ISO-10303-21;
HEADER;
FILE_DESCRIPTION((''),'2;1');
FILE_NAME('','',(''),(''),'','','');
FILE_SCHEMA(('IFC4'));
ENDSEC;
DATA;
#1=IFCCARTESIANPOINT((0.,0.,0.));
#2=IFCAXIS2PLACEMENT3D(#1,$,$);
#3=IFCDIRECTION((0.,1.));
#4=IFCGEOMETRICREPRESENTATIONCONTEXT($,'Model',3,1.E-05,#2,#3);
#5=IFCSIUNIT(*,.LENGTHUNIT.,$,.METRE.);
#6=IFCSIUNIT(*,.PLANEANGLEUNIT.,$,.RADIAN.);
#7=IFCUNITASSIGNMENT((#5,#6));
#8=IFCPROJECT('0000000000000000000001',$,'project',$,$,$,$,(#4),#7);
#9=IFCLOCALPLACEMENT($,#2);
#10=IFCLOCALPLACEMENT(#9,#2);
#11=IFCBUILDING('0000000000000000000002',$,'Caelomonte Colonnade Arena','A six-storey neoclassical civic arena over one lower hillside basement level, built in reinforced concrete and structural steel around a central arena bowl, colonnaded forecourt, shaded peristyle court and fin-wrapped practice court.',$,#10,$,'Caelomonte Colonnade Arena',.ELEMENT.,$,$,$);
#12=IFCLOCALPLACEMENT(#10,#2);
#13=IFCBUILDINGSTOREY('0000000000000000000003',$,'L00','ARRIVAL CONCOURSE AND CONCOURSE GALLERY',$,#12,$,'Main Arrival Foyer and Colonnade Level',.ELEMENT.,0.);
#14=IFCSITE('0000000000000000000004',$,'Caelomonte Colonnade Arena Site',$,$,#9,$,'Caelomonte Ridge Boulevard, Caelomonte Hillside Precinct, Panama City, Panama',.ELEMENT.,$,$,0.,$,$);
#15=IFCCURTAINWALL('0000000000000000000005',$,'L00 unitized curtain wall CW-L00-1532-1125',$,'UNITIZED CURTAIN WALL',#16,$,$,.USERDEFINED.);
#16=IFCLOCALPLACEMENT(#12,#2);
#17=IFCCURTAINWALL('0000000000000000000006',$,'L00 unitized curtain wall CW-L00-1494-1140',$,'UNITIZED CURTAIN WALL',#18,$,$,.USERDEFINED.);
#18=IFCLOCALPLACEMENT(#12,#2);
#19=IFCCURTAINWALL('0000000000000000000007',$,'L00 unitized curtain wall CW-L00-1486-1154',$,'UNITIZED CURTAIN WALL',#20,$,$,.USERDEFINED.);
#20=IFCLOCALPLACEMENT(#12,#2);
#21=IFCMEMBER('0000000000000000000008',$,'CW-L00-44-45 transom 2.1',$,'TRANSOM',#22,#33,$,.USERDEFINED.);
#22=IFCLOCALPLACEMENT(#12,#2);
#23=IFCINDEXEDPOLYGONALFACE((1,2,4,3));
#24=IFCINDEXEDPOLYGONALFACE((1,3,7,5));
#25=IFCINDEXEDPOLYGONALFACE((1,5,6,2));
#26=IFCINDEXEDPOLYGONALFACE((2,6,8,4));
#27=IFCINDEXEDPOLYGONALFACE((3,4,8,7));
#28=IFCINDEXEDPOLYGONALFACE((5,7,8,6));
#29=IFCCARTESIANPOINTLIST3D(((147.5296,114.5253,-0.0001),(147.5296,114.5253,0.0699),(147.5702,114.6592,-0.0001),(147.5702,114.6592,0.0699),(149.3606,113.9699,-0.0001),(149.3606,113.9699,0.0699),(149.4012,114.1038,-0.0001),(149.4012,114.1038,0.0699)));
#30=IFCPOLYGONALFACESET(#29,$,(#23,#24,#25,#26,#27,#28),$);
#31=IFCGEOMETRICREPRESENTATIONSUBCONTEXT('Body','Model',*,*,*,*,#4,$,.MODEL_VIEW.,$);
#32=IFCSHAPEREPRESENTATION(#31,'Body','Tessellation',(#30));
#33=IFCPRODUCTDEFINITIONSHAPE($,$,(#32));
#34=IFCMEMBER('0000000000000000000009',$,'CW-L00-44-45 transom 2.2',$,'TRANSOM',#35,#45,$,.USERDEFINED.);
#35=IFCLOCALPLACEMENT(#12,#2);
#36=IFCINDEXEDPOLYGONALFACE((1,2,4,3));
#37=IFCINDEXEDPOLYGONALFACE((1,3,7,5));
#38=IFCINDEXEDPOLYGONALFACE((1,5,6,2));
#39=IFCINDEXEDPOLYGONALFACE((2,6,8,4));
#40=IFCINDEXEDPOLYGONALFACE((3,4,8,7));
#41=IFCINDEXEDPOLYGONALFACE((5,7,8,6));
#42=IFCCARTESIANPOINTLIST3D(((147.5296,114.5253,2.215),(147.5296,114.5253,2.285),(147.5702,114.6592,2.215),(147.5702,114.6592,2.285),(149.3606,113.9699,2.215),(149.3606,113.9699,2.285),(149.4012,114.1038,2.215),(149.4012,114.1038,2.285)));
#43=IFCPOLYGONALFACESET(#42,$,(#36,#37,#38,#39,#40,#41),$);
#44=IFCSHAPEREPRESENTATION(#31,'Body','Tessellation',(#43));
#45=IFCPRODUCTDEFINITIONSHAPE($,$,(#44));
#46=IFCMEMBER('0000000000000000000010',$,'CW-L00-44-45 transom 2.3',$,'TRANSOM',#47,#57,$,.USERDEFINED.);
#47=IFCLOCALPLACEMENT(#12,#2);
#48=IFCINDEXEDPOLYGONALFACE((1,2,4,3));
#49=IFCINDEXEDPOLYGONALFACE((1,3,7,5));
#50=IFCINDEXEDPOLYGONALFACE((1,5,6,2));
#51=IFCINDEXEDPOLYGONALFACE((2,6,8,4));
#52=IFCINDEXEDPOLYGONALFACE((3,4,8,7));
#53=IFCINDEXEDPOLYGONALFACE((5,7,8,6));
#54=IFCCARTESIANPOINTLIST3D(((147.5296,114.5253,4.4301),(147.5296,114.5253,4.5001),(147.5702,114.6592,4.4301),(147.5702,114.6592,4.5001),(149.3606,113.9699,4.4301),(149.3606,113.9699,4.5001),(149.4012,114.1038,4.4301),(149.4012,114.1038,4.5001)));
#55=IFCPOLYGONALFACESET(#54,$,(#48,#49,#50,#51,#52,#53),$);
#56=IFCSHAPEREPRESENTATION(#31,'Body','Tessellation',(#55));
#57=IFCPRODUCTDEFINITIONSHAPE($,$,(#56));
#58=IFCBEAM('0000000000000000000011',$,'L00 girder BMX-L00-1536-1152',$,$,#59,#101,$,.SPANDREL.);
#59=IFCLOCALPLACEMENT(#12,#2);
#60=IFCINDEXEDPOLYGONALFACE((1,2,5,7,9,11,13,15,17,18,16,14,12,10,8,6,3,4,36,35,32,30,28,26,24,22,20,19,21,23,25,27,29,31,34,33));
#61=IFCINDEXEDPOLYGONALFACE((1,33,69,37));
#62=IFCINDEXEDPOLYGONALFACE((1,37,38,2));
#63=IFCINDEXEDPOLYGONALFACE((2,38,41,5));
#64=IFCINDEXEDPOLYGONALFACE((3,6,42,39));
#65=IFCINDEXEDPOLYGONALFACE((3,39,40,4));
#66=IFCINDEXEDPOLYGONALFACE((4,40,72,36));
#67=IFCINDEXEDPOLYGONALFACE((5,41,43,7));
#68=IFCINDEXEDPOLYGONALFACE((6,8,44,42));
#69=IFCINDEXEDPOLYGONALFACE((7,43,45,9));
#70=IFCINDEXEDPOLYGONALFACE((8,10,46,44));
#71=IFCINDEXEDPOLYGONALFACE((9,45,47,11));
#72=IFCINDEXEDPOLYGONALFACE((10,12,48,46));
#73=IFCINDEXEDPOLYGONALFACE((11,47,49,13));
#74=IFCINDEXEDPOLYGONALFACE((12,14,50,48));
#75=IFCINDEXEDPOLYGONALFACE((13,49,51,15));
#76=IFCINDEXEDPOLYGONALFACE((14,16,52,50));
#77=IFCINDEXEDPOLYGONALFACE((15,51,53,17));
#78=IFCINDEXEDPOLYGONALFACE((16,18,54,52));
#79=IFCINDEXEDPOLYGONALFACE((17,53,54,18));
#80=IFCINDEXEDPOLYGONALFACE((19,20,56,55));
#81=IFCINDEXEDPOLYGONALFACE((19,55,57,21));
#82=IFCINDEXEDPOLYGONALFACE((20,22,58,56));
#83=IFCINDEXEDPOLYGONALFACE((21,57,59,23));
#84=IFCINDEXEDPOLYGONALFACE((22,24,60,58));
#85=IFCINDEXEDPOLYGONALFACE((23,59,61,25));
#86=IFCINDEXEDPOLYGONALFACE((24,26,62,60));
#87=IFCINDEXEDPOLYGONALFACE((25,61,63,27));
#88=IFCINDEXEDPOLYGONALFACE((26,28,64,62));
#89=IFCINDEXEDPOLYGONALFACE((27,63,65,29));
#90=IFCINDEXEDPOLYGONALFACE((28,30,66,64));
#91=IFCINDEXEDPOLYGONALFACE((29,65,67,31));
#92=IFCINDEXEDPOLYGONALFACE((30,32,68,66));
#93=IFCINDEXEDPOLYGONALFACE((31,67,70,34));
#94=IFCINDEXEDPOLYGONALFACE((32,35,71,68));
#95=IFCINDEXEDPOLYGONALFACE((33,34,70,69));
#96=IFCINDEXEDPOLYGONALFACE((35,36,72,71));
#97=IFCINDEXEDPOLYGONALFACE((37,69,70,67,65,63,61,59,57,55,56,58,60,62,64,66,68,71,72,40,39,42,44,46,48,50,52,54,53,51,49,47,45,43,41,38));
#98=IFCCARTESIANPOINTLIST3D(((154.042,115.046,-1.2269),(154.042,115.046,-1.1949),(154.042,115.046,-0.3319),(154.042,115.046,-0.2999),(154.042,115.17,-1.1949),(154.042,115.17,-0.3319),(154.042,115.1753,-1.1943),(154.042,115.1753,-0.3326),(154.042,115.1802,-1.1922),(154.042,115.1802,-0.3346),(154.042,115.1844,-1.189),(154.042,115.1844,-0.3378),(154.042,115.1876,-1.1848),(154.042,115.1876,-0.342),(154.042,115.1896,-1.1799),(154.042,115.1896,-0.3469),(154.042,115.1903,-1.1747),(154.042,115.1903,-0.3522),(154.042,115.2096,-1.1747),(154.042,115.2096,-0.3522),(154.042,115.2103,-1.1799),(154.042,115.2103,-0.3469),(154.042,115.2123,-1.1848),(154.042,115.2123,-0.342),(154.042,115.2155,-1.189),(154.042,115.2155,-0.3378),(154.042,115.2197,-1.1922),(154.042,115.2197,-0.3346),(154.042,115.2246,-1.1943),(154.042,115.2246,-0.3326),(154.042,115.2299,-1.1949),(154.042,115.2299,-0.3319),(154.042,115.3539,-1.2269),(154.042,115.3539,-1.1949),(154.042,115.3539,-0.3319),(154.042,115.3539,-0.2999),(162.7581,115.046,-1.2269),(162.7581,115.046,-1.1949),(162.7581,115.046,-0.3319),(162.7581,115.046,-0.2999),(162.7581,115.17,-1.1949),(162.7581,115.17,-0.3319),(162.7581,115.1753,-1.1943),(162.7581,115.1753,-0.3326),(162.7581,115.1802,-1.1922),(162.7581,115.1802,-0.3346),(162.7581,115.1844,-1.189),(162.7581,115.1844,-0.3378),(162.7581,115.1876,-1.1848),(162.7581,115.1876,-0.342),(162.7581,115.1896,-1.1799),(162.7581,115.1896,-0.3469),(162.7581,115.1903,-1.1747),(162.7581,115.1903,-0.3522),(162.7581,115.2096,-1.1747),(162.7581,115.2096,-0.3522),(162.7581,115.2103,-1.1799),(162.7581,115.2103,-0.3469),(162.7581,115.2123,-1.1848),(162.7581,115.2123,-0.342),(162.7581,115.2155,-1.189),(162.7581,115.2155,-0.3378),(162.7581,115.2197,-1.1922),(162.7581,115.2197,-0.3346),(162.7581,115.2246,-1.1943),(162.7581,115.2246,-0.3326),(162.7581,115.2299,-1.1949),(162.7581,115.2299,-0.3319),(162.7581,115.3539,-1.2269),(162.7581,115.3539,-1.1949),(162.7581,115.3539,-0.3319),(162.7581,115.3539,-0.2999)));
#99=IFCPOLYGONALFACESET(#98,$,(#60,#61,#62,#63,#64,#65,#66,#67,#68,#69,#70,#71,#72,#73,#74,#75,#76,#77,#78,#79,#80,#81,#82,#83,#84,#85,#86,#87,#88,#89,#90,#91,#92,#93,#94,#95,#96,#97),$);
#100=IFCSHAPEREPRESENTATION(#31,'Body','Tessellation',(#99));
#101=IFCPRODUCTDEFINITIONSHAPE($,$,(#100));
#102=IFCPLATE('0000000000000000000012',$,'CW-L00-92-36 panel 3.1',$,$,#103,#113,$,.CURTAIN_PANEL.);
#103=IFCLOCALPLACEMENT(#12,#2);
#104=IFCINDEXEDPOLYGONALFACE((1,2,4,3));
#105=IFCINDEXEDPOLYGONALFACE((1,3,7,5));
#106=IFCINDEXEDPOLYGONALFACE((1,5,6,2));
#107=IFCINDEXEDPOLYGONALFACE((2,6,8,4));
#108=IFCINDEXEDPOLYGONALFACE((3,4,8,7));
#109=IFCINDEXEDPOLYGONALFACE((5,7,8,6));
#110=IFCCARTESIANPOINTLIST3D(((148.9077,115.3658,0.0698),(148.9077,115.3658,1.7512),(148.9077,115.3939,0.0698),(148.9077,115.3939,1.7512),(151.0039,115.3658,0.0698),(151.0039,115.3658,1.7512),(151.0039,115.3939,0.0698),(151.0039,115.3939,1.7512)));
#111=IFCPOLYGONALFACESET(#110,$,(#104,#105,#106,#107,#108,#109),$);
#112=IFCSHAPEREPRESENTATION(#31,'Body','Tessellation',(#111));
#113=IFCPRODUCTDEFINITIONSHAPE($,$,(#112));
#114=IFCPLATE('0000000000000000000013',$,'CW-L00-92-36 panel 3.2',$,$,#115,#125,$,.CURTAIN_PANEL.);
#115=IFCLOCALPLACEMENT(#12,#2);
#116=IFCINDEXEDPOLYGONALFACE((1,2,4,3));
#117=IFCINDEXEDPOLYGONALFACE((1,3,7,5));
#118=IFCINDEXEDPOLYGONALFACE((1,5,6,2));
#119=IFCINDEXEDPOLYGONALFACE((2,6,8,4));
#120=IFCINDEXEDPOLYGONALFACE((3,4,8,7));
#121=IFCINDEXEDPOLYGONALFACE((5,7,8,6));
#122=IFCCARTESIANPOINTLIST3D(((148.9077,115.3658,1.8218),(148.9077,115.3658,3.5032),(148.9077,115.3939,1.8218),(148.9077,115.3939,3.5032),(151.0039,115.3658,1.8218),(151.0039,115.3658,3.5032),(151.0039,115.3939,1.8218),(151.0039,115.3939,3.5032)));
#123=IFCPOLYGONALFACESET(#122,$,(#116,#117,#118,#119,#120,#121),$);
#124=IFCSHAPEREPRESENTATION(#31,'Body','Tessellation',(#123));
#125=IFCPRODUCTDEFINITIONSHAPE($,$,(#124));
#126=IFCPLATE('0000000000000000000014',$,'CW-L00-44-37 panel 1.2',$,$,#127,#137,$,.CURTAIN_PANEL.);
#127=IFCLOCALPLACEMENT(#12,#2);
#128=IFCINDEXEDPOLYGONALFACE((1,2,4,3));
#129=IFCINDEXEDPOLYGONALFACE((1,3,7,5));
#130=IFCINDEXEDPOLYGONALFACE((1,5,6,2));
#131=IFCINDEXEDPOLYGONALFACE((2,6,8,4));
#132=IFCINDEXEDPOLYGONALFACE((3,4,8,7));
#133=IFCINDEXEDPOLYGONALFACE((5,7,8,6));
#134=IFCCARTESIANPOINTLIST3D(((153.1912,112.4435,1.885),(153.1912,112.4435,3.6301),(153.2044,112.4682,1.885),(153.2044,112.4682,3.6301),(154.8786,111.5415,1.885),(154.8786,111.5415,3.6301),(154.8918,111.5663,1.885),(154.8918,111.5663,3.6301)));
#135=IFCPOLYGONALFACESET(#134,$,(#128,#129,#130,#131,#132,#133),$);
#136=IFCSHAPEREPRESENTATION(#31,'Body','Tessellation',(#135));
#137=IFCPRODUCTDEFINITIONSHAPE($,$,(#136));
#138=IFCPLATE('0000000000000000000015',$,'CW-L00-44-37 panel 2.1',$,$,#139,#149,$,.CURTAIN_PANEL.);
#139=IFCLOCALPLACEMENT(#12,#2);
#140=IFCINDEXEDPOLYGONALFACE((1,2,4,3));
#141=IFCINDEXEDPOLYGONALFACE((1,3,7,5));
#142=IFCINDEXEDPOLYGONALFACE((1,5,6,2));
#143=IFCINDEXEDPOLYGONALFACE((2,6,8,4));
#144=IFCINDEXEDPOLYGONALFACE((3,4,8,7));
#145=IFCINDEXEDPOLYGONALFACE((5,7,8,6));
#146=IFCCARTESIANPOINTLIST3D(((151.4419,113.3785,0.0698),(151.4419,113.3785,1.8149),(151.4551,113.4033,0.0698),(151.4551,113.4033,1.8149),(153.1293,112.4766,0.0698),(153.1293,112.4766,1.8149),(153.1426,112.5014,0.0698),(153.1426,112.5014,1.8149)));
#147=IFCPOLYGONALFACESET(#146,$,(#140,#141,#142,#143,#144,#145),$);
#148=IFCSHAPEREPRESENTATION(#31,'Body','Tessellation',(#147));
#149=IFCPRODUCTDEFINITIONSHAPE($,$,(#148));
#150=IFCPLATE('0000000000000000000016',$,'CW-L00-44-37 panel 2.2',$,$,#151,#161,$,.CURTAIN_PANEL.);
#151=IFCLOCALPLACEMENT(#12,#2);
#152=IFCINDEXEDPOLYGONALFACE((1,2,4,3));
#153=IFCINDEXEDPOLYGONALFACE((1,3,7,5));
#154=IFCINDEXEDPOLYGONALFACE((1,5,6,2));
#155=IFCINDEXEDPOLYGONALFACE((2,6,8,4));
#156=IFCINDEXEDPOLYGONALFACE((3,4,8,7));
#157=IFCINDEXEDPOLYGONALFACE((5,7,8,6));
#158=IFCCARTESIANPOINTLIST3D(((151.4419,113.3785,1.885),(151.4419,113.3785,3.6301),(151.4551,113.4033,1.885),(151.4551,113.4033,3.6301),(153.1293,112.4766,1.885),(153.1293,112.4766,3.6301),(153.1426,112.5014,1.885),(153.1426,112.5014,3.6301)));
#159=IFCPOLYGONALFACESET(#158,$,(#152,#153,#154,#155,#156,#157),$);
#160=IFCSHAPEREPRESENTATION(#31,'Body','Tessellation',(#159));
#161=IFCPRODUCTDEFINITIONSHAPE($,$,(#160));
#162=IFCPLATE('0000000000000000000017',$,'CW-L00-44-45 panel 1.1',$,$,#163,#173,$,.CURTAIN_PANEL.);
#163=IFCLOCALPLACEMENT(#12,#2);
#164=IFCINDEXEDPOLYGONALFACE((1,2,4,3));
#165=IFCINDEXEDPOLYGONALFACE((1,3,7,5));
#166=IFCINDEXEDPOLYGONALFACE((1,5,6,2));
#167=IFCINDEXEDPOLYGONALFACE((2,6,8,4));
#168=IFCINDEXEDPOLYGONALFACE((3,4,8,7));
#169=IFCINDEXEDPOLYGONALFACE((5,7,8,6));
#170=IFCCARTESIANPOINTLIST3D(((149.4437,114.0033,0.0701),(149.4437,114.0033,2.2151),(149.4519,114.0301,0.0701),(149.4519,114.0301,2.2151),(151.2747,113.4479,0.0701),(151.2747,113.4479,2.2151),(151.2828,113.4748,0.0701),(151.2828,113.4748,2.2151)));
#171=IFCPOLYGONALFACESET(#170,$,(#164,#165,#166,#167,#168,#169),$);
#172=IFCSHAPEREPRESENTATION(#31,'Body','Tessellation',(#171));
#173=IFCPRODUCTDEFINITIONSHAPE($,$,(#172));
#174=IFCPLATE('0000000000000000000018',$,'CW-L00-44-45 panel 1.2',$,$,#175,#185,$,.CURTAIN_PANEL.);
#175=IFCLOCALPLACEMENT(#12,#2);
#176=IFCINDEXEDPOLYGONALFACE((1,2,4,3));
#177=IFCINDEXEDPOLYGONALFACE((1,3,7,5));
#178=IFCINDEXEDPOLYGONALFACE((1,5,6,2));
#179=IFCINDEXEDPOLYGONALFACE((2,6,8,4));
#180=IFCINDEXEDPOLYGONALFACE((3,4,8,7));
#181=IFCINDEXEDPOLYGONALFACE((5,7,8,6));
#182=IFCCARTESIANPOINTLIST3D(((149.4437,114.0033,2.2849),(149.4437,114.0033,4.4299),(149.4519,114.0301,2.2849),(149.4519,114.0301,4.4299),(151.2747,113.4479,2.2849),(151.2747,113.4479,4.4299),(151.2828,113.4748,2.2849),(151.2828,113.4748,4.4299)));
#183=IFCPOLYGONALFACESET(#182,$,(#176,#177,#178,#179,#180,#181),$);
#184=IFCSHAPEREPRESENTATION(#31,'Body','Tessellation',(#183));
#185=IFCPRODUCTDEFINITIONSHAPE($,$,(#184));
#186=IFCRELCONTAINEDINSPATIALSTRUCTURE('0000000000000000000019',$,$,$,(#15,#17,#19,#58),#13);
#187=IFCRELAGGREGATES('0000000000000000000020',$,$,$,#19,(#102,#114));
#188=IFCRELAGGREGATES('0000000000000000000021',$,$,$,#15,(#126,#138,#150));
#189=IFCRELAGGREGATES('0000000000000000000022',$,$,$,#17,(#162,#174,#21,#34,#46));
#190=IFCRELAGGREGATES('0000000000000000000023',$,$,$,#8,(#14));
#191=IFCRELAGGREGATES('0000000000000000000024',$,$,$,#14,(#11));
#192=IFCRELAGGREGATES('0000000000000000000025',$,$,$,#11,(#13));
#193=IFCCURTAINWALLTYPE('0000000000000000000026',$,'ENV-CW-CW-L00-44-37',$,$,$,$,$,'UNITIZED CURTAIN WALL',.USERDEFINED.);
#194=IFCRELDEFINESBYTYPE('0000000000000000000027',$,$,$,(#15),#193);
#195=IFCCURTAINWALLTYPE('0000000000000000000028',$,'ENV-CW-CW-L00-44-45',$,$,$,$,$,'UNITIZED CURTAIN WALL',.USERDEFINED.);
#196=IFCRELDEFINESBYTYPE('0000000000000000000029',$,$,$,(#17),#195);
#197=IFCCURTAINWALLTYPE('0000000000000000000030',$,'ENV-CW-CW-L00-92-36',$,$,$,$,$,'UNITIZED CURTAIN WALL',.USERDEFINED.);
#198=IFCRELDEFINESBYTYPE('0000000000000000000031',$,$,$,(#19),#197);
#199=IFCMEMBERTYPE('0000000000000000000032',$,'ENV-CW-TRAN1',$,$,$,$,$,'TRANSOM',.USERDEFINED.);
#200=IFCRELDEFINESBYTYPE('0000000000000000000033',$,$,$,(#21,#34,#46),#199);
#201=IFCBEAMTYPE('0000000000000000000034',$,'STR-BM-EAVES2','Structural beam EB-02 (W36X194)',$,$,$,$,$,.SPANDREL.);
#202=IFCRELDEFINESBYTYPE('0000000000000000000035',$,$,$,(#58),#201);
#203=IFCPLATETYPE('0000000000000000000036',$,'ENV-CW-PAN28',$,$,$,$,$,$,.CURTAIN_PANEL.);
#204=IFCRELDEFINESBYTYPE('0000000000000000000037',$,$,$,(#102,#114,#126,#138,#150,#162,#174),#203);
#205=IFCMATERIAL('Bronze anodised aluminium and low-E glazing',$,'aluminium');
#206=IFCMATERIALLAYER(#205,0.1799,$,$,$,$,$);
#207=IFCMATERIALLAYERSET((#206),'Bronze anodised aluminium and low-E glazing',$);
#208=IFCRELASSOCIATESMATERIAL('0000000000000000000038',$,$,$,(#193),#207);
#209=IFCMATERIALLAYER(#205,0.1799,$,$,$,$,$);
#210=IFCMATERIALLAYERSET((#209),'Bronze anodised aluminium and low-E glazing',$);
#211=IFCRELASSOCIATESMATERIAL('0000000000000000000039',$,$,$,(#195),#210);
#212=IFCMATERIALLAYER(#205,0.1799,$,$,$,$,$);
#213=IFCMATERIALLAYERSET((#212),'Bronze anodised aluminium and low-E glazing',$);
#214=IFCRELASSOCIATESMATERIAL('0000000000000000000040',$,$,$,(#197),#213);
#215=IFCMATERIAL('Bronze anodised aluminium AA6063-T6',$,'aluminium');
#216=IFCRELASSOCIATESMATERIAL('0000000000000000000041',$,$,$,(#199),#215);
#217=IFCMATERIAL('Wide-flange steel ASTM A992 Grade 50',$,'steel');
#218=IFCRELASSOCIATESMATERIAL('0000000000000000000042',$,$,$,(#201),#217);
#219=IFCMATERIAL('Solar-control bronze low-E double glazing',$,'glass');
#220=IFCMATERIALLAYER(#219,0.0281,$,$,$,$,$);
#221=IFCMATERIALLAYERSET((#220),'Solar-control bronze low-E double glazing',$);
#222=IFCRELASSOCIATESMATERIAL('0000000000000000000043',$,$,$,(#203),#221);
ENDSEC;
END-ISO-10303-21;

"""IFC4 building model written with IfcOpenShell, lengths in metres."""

from ifc_helpers import new_model, si_unit, direction, frame, origin, origin_2d, place, context, subcontext, project, spatial, rectangle, i_section, extrude, material, layer, layer_set, material_profile, profile_set, type_object, element, aggregate, save


model = new_model("IFC4")

# Units and contexts
model_context = context("Model", 3, precision=1e-05, world=origin(), true_north=direction((0.0, 1.0)))
body_context = subcontext(model_context, "Body", "Model", "MODEL_VIEW")
ifc_project = project(units=[si_unit("LENGTHUNIT", "METRE"), si_unit("PLANEANGLEUNIT", "RADIAN")], contexts=[model_context])

# Site, building, storey
site_placement = place(None, origin())
site = spatial("IfcSite", under=ifc_project, at=site_placement, Name="Caelomonte Colonnade Arena Site", LongName="Caelomonte Ridge Boulevard, Caelomonte Hillside Precinct, Panama City, Panama", CompositionType="ELEMENT", RefElevation=0.0)
building_placement = place(site_placement, origin())
building = spatial("IfcBuilding", under=site, at=building_placement, Name="Caelomonte Colonnade Arena", Description="A six-storey neoclassical civic arena over one lower hillside basement level, built in reinforced concrete and structural steel around a central arena bowl, colonnaded forecourt, shaded peristyle court and fin-wrapped practice court.", LongName="Caelomonte Colonnade Arena", CompositionType="ELEMENT")
storey_placement = place(building_placement, origin())
storey = spatial("IfcBuildingStorey", under=building, at=storey_placement, Name="L00", Description="ARRIVAL CONCOURSE AND CONCOURSE GALLERY", LongName="Main Arrival Foyer and Colonnade Level", CompositionType="ELEMENT", Elevation=0.0)

# Curtain walls
ifc_material_1 = material(Name="Bronze anodised aluminium and low-E glazing", Category="aluminium")
ifc_layer_1 = layer(ifc_material_1, 0.1799)
ifc_layer_set_1 = layer_set([ifc_layer_1], Name="Bronze anodised aluminium and low-E glazing")
curtain_wall_type_1 = type_object("IfcCurtainWallType", Name="ENV-CW-CW-L00-44-37", ElementType="UNITIZED CURTAIN WALL", PredefinedType="USERDEFINED", material=ifc_layer_set_1)
curtain_wall_1_placement = place(storey_placement, origin())
curtain_wall_1 = element("IfcCurtainWall", 1, at=curtain_wall_1_placement, inside=storey, type_object=curtain_wall_type_1, Name="L00 unitized curtain wall CW-L00-1532-1125", ObjectType="UNITIZED CURTAIN WALL", PredefinedType="USERDEFINED")
ifc_material_2 = material(Name="Bronze anodised aluminium AA6063-T6", Category="aluminium")
ifc_layer_2 = layer(ifc_material_1, 0.1799)
ifc_layer_set_2 = layer_set([ifc_layer_2], Name="Bronze anodised aluminium and low-E glazing")
curtain_wall_type_2 = type_object("IfcCurtainWallType", Name="ENV-CW-CW-L00-44-45", ElementType="UNITIZED CURTAIN WALL", PredefinedType="USERDEFINED", material=ifc_layer_set_2)
curtain_wall_2_placement = place(storey_placement, origin())
curtain_wall_2 = element("IfcCurtainWall", 2, at=curtain_wall_2_placement, inside=storey, type_object=curtain_wall_type_2, Name="L00 unitized curtain wall CW-L00-1494-1140", ObjectType="UNITIZED CURTAIN WALL", PredefinedType="USERDEFINED")
ifc_layer_3 = layer(ifc_material_1, 0.1799)
ifc_layer_set_3 = layer_set([ifc_layer_3], Name="Bronze anodised aluminium and low-E glazing")
curtain_wall_type_3 = type_object("IfcCurtainWallType", Name="ENV-CW-CW-L00-92-36", ElementType="UNITIZED CURTAIN WALL", PredefinedType="USERDEFINED", material=ifc_layer_set_3)
curtain_wall_3_placement = place(storey_placement, origin())
curtain_wall_3 = element("IfcCurtainWall", 3, at=curtain_wall_3_placement, inside=storey, type_object=curtain_wall_type_3, Name="L00 unitized curtain wall CW-L00-1486-1154", ObjectType="UNITIZED CURTAIN WALL", PredefinedType="USERDEFINED")
ifc_material_profile_1 = material_profile(ifc_material_2, rectangle(XDim=0.0701, YDim=0.1399, at=origin_2d()), Name="CWT-70X140")
ifc_profile_set_1 = profile_set([ifc_material_profile_1], Name="Bronze anodised aluminium AA6063-T6")
member_type_1 = type_object("IfcMemberType", Name="ENV-CW-TRAN1", ElementType="TRANSOM", PredefinedType="USERDEFINED", material=ifc_profile_set_1)

# Members
member_1_placement = place(storey_placement, frame((149.3809, 114.0369, 0.0349), z_axis=(-0.956944, 0.290273, 0.0), x_axis=(0.0, 0.0, 1.0)))
member_1 = element("IfcMember", 4, at=member_1_placement, type_object=member_type_1, Name="CW-L00-44-45 transom 2.1", ObjectType="TRANSOM", PredefinedType="USERDEFINED", context=body_context, shape_type="SweptSolid", body=[
    extrude(rectangle(XDim=0.0701, YDim=0.1399, at=origin_2d()), origin(), (0.0, 0.0, 1.0), 1.9133),
])
member_2_placement = place(storey_placement, frame((149.3809, 114.0369, 2.25), z_axis=(-0.956944, 0.290273, 0.0), x_axis=(0.0, 0.0, 1.0)))
member_2 = element("IfcMember", 5, at=member_2_placement, type_object=member_type_1, Name="CW-L00-44-45 transom 2.2", ObjectType="TRANSOM", PredefinedType="USERDEFINED", context=body_context, shape_type="SweptSolid", body=[
    extrude(rectangle(XDim=0.0701, YDim=0.1399, at=origin_2d()), origin(), (0.0, 0.0, 1.0), 1.9133),
])
member_3_placement = place(storey_placement, frame((149.3809, 114.0369, 4.4651), z_axis=(-0.956944, 0.290273, 0.0), x_axis=(0.0, 0.0, 1.0)))
member_3 = element("IfcMember", 6, at=member_3_placement, type_object=member_type_1, Name="CW-L00-44-45 transom 2.3", ObjectType="TRANSOM", PredefinedType="USERDEFINED", context=body_context, shape_type="SweptSolid", body=[
    extrude(rectangle(XDim=0.0701, YDim=0.1399, at=origin_2d()), origin(), (0.0, 0.0, 1.0), 1.9133),
])

# Beam
ifc_material_3 = material(Name="Wide-flange steel ASTM A992 Grade 50", Category="steel")
ifc_material_profile_2 = material_profile(ifc_material_3, i_section(OverallWidth=0.3079, OverallDepth=0.927, WebThickness=0.0193, FlangeThickness=0.032, FilletRadius=0.0203, at=origin_2d()), Name="W36X194")
ifc_profile_set_2 = profile_set([ifc_material_profile_2], Name="Wide-flange steel ASTM A992 Grade 50")
beam_type = type_object("IfcBeamType", Name="STR-BM-EAVES2", Description="Structural beam EB-02 (W36X194)", PredefinedType="SPANDREL", material=ifc_profile_set_2)
beam_placement = place(storey_placement, frame((154.042, 115.2, -0.7634), z_axis=(1.0, 0.0, 0.0), x_axis=(0.0, 1.0, 0.0)))
element("IfcBeam", 7, at=beam_placement, inside=storey, type_object=beam_type, Name="L00 girder BMX-L00-1536-1152", PredefinedType="SPANDREL", context=body_context, shape_type="SweptSolid", body=[
    extrude(i_section(OverallWidth=0.3079, OverallDepth=0.927, WebThickness=0.0193, FlangeThickness=0.032, FilletRadius=0.0203, at=origin_2d()), origin(), (0.0, 0.0, 1.0), 8.7161),
])

# Plates
ifc_material_4 = material(Name="Solar-control bronze low-E double glazing", Category="glass")
ifc_layer_4 = layer(ifc_material_4, 0.0281)
ifc_layer_set_4 = layer_set([ifc_layer_4], Name="Solar-control bronze low-E double glazing")
plate_type = type_object("IfcPlateType", Name="ENV-CW-PAN28", PredefinedType="CURTAIN_PANEL", material=ifc_layer_set_4)
plate_1_placement = place(storey_placement, frame((149.9558, 115.3799, 0.0698), z_axis=(0.0, 0.0, 1.0), x_axis=(1.0, 0.0, 0.0)))
plate_1 = element("IfcPlate", 8, at=plate_1_placement, type_object=plate_type, Name="CW-L00-92-36 panel 3.1", PredefinedType="CURTAIN_PANEL", context=body_context, shape_type="SweptSolid", body=[
    extrude(rectangle(XDim=2.0962, YDim=0.0281, at=origin_2d()), origin(), (0.0, 0.0, 1.0), 1.6814),
])
plate_2_placement = place(storey_placement, frame((149.9558, 115.3799, 1.8218), z_axis=(0.0, 0.0, 1.0), x_axis=(1.0, 0.0, 0.0)))
plate_2 = element("IfcPlate", 9, at=plate_2_placement, type_object=plate_type, Name="CW-L00-92-36 panel 3.2", PredefinedType="CURTAIN_PANEL", context=body_context, shape_type="SweptSolid", body=[
    extrude(rectangle(XDim=2.0962, YDim=0.0281, at=origin_2d()), origin(), (0.0, 0.0, 1.0), 1.6814),
])
aggregate(curtain_wall_3, [plate_1, plate_2])
plate_3_placement = place(storey_placement, frame((154.0415, 112.0049, 1.885), z_axis=(0.0, 0.0, 1.0), x_axis=(-0.881923, 0.471394, 0.0)))
plate_3 = element("IfcPlate", 10, at=plate_3_placement, type_object=plate_type, Name="CW-L00-44-37 panel 1.2", PredefinedType="CURTAIN_PANEL", context=body_context, shape_type="SweptSolid", body=[
    extrude(rectangle(XDim=1.9133, YDim=0.0281, at=origin_2d()), origin(), (0.0, 0.0, 1.0), 1.7451),
])
plate_4_placement = place(storey_placement, frame((152.2922, 112.9399, 0.0698), z_axis=(0.0, 0.0, 1.0), x_axis=(-0.881923, 0.471394, 0.0)))
plate_4 = element("IfcPlate", 11, at=plate_4_placement, type_object=plate_type, Name="CW-L00-44-37 panel 2.1", PredefinedType="CURTAIN_PANEL", context=body_context, shape_type="SweptSolid", body=[
    extrude(rectangle(XDim=1.9133, YDim=0.0281, at=origin_2d()), origin(), (0.0, 0.0, 1.0), 1.7451),
])
plate_5_placement = place(storey_placement, frame((152.2922, 112.9399, 1.885), z_axis=(0.0, 0.0, 1.0), x_axis=(-0.881923, 0.471394, 0.0)))
plate_5 = element("IfcPlate", 12, at=plate_5_placement, type_object=plate_type, Name="CW-L00-44-37 panel 2.2", PredefinedType="CURTAIN_PANEL", context=body_context, shape_type="SweptSolid", body=[
    extrude(rectangle(XDim=1.9133, YDim=0.0281, at=origin_2d()), origin(), (0.0, 0.0, 1.0), 1.7451),
])
aggregate(curtain_wall_1, [plate_3, plate_4, plate_5])
plate_6_placement = place(storey_placement, frame((150.3633, 113.739, 0.0701), z_axis=(0.0, 0.0, 1.0), x_axis=(-0.956949, 0.290256, 0.0)))
plate_6 = element("IfcPlate", 13, at=plate_6_placement, type_object=plate_type, Name="CW-L00-44-45 panel 1.1", PredefinedType="CURTAIN_PANEL", context=body_context, shape_type="SweptSolid", body=[
    extrude(rectangle(XDim=1.9133, YDim=0.0281, at=origin_2d()), origin(), (0.0, 0.0, 1.0), 2.145),
])
plate_7_placement = place(storey_placement, frame((150.3633, 113.739, 2.2849), z_axis=(0.0, 0.0, 1.0), x_axis=(-0.956949, 0.290256, 0.0)))
plate_7 = element("IfcPlate", 14, at=plate_7_placement, type_object=plate_type, Name="CW-L00-44-45 panel 1.2", PredefinedType="CURTAIN_PANEL", context=body_context, shape_type="SweptSolid", body=[
    extrude(rectangle(XDim=1.9133, YDim=0.0281, at=origin_2d()), origin(), (0.0, 0.0, 1.0), 2.145),
])
aggregate(curtain_wall_2, [plate_6, plate_7, member_1, member_2, member_3])

save(model, "model.ifc")
